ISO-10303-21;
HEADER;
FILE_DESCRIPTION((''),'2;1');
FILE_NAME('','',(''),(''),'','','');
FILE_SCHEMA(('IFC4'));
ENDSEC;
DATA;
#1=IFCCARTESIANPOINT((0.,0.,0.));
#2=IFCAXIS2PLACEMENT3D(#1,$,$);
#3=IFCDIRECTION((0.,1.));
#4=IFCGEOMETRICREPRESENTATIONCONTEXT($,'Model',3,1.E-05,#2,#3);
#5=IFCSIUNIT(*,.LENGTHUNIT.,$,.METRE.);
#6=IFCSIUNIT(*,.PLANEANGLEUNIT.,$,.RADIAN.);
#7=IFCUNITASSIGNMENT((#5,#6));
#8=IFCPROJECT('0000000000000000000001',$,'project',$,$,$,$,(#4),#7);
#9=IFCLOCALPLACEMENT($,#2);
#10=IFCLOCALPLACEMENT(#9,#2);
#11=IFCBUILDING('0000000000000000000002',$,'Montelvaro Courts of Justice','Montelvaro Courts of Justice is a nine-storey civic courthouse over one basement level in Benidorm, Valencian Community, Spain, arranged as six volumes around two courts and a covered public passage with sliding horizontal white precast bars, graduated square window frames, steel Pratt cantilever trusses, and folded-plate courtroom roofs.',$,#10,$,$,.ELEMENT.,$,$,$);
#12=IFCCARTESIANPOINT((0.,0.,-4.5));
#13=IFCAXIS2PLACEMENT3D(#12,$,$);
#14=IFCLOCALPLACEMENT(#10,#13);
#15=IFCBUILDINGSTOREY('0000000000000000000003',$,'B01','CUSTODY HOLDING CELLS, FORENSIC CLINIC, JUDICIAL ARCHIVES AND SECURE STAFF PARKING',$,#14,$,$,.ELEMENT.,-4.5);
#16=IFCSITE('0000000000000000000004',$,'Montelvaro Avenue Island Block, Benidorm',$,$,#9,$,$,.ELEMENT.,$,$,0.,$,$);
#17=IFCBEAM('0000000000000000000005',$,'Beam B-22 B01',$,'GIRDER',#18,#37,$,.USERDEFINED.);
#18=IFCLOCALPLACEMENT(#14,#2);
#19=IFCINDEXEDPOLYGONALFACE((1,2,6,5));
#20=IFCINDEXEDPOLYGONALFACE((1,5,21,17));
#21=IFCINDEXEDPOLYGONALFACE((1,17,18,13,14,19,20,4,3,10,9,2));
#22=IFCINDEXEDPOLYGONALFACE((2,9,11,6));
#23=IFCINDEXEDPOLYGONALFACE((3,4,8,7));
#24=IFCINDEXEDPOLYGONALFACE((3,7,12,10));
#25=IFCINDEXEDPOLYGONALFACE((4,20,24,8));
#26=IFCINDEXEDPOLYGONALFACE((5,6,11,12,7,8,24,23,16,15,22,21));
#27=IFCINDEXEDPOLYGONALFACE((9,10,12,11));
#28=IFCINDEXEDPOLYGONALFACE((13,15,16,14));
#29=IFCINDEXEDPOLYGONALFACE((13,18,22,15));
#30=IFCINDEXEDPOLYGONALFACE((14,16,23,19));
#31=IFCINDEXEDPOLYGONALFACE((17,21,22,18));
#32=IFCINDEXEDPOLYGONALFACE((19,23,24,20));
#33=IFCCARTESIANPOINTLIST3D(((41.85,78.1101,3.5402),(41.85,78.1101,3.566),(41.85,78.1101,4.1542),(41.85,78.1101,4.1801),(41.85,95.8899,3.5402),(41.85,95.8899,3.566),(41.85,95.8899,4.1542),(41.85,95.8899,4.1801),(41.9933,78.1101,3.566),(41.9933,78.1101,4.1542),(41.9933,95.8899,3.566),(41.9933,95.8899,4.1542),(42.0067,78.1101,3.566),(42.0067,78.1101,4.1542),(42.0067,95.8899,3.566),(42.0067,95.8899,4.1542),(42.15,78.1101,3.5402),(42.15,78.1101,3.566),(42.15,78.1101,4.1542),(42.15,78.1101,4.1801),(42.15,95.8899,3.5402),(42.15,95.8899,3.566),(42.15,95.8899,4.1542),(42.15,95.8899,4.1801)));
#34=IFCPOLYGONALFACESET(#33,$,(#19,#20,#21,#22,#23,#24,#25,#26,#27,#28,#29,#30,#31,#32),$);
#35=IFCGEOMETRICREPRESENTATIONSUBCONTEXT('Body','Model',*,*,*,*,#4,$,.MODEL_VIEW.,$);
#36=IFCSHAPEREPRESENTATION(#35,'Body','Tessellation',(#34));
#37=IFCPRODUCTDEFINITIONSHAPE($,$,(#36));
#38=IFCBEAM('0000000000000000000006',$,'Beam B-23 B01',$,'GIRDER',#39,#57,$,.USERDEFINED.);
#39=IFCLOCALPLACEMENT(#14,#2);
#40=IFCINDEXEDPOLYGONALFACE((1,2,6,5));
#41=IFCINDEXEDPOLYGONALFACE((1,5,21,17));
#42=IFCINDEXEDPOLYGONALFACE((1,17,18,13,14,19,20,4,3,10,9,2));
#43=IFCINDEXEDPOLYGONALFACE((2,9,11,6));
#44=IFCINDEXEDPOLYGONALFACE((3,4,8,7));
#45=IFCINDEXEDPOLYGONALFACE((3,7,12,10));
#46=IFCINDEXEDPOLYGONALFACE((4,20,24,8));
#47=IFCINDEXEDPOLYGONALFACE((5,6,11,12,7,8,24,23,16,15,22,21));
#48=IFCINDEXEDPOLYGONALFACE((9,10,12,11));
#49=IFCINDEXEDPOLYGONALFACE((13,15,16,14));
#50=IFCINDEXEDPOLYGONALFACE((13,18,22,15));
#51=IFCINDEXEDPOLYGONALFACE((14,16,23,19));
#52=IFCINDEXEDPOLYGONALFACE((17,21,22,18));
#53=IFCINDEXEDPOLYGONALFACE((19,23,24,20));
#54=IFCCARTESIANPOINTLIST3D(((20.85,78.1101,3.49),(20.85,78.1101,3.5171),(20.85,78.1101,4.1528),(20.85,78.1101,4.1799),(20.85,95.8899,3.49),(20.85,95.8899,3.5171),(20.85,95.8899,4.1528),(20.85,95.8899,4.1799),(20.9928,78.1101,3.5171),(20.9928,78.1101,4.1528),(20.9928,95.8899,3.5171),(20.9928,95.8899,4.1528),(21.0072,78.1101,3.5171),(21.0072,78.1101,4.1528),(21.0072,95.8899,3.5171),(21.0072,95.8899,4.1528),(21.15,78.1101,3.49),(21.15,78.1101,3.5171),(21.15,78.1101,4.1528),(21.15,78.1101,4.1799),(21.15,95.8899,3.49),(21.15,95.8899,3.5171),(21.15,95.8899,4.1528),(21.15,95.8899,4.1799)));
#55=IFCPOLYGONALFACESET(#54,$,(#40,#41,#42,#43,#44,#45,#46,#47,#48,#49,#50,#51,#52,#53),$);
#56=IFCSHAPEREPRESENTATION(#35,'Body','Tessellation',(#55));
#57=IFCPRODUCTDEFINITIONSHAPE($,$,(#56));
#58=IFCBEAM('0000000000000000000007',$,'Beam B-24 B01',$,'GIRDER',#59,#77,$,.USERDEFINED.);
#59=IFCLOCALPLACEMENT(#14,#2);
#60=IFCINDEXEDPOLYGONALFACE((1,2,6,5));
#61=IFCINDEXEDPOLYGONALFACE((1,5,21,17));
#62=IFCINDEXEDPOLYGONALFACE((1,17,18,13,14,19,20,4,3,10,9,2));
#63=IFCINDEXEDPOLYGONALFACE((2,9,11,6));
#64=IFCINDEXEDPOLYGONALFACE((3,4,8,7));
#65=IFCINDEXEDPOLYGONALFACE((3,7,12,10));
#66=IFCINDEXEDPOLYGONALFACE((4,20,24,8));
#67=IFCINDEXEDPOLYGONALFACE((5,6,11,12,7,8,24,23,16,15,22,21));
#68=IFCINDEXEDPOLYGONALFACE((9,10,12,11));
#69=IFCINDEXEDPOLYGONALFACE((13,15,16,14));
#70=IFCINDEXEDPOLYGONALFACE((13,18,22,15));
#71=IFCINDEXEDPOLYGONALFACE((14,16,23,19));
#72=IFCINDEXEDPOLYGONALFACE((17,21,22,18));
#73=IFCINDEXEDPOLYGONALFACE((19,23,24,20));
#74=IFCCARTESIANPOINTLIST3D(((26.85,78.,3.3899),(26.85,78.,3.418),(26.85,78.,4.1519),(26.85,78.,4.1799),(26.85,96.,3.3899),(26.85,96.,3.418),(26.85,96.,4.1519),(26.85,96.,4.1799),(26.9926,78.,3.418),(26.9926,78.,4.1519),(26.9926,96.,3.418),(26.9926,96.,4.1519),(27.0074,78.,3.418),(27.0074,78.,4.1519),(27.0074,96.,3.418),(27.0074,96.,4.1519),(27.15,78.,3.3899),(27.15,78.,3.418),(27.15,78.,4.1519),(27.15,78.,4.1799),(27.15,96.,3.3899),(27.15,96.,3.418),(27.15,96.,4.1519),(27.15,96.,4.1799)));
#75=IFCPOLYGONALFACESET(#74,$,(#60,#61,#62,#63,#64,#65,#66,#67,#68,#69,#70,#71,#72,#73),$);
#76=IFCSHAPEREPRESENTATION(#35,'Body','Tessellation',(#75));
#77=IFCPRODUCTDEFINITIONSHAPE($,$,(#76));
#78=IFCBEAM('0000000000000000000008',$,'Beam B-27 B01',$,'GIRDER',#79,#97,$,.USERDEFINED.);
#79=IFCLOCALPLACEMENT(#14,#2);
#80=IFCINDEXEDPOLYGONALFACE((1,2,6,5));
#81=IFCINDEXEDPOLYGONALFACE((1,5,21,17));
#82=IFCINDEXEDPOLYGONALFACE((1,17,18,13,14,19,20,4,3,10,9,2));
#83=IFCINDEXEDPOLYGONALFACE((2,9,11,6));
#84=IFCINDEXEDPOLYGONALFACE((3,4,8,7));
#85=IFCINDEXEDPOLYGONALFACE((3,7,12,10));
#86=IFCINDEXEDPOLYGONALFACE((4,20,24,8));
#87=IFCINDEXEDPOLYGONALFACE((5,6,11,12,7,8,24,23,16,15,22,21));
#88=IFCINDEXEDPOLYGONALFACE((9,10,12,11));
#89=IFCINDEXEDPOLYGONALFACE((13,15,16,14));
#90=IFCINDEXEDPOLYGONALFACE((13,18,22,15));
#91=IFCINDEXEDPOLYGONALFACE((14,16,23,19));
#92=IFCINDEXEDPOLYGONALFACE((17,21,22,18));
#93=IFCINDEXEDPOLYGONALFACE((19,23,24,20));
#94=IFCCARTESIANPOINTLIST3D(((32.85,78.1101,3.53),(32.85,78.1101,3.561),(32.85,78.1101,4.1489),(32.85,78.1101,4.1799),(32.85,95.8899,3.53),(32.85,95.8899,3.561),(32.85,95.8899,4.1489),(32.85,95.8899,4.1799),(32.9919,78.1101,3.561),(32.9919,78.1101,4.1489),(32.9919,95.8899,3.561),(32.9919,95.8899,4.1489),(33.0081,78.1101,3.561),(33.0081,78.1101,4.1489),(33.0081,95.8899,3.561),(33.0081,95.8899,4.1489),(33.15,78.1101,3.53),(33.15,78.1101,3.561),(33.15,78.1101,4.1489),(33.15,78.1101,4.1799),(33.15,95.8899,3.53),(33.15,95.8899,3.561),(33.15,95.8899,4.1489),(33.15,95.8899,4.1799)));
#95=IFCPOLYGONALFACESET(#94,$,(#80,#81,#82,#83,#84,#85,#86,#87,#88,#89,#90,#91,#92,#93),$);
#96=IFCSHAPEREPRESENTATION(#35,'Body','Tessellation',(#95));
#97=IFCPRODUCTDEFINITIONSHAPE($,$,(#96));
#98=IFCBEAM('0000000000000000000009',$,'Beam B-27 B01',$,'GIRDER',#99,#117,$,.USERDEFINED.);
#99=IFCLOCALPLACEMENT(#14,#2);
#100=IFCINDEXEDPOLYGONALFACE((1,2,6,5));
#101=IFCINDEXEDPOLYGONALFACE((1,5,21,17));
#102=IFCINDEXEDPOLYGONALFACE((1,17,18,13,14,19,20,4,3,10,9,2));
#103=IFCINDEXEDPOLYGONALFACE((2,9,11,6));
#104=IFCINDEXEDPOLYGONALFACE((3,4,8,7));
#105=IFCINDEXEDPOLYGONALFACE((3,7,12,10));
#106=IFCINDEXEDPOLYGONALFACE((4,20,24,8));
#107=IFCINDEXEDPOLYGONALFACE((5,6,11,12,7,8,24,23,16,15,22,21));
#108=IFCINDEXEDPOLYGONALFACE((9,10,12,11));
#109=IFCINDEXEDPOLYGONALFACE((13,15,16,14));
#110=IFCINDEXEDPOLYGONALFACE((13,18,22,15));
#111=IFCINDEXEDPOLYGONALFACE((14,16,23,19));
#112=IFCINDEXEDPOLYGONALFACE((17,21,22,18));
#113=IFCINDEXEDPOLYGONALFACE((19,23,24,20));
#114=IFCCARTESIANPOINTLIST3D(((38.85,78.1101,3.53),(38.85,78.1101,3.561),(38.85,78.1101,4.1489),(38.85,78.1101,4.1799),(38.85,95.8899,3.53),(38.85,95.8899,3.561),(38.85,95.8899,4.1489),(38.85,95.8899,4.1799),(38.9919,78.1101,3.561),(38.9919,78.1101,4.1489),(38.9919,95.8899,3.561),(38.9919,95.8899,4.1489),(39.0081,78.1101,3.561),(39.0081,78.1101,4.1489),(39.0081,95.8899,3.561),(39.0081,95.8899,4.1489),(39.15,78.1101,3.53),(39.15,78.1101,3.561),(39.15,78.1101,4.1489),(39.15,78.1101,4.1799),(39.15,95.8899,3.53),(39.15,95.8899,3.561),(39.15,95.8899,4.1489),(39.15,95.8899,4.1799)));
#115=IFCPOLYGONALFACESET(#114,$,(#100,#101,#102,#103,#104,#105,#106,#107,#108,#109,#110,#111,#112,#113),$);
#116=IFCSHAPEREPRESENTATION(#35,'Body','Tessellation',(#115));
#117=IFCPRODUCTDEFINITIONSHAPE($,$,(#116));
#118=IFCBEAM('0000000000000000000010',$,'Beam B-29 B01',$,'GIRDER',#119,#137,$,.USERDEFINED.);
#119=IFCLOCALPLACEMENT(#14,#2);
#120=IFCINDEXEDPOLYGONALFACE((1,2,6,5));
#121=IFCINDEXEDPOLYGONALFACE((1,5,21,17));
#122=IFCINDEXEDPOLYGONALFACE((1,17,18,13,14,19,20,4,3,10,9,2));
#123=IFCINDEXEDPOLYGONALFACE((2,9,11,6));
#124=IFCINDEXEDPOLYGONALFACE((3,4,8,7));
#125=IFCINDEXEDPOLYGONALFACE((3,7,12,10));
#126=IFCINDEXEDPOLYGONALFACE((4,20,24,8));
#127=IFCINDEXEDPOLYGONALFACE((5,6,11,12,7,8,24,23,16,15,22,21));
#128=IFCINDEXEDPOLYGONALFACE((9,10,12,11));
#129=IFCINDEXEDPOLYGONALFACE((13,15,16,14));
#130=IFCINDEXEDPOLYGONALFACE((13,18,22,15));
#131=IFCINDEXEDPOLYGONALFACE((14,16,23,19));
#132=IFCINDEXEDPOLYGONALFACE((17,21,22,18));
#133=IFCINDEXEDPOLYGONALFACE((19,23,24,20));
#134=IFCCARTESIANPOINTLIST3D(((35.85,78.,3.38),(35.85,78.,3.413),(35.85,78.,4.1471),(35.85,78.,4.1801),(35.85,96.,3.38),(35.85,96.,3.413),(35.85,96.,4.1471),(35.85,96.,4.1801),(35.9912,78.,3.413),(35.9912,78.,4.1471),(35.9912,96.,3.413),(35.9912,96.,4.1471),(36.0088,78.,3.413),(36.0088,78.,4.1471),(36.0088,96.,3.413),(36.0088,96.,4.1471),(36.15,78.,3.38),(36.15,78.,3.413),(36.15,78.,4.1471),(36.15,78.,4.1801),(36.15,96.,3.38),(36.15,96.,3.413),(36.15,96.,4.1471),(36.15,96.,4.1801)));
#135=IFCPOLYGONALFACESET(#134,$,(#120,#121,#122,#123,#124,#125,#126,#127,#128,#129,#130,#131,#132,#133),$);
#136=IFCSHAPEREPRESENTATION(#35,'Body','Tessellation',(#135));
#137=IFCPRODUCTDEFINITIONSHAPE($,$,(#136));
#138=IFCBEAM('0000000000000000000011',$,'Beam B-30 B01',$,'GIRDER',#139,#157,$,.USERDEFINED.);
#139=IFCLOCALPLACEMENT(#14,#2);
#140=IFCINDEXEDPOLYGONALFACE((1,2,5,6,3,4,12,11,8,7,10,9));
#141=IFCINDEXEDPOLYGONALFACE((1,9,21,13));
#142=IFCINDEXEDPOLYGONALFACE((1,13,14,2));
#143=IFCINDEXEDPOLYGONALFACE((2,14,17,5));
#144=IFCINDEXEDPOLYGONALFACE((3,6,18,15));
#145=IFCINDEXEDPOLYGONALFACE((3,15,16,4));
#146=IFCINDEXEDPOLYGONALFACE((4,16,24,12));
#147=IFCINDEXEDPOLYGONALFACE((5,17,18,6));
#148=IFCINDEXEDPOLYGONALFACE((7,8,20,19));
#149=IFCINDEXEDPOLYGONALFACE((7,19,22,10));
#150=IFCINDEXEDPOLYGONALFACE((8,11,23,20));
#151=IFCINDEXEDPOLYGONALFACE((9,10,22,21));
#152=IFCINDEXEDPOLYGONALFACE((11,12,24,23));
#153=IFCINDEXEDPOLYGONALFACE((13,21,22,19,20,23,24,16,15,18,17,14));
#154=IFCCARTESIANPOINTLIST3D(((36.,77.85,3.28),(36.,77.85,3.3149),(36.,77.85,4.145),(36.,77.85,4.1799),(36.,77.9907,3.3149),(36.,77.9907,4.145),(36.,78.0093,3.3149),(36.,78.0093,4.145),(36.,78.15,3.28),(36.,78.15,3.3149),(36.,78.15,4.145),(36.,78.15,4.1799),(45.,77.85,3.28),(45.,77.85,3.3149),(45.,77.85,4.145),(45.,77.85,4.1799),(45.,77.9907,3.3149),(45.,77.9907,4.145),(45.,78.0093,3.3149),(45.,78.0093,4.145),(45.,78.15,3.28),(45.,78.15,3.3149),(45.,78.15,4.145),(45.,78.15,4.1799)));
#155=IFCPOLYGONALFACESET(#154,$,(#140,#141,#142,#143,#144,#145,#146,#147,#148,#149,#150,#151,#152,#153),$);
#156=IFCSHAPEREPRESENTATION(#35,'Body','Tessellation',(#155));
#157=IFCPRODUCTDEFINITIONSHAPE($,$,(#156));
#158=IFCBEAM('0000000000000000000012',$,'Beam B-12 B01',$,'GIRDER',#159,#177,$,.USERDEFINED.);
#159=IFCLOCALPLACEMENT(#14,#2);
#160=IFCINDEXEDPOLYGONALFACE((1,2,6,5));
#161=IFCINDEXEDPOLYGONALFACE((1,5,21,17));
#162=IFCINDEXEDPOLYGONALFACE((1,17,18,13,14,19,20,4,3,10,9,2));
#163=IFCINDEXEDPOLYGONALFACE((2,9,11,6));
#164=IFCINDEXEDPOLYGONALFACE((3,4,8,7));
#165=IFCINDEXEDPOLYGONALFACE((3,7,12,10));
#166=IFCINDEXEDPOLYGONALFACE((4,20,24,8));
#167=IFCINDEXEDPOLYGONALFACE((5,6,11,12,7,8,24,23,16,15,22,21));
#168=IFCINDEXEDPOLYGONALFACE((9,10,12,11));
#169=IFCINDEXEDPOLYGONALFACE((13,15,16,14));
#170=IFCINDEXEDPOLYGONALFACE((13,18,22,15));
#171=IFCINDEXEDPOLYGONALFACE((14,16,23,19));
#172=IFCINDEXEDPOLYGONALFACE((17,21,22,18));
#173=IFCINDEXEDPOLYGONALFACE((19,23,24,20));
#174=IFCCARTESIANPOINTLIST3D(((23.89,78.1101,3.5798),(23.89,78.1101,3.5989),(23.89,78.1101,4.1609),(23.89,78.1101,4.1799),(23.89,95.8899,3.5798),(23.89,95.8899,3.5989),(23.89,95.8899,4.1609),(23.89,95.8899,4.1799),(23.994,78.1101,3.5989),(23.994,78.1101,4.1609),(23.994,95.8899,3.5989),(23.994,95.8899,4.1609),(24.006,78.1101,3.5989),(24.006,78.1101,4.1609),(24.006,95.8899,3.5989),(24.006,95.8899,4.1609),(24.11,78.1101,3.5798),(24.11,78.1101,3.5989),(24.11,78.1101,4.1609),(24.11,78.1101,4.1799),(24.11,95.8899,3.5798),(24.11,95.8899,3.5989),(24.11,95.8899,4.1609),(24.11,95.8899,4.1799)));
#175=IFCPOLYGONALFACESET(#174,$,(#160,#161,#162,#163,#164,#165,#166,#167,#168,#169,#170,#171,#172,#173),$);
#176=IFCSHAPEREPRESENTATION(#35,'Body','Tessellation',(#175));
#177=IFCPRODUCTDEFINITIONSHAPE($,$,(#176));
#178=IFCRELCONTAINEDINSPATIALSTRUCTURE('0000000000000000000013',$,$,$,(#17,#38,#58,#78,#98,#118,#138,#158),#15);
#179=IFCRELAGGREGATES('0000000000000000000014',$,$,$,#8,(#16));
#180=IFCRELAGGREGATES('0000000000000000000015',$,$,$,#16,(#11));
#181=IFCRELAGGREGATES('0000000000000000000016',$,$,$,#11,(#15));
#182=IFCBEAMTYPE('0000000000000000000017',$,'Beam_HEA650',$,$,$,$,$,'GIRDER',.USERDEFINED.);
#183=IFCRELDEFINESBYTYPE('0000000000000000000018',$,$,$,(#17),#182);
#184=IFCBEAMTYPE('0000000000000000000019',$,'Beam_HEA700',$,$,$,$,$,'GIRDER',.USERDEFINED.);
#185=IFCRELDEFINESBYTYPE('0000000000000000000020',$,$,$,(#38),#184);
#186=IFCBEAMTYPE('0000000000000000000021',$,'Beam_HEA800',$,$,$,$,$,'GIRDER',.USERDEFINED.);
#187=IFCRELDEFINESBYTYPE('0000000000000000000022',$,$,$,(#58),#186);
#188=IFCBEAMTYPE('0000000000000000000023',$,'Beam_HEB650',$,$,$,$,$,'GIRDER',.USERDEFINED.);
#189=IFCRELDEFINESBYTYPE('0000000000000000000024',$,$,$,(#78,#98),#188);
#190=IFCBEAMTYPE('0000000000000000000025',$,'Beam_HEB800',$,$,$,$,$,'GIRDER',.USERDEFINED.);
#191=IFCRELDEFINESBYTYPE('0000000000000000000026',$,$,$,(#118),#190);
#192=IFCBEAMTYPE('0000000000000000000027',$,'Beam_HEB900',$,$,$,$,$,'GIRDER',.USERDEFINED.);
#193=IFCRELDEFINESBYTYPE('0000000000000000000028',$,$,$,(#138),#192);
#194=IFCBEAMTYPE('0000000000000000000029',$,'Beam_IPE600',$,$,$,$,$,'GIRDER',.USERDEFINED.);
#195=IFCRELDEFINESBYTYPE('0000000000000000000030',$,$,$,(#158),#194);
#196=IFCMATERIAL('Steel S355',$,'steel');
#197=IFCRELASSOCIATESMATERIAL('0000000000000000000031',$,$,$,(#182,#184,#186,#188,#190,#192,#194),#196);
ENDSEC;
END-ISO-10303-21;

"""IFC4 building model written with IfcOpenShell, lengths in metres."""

from ifc_helpers import new_model, si_unit, direction, frame, origin, origin_2d, place, context, subcontext, project, spatial, i_section, extrude, material, material_profile, profile_set, type_object, element, save


model = new_model("IFC4")

# Units and contexts
model_context = context("Model", 3, precision=1e-05, world=origin(), true_north=direction((0.0, 1.0)))
body_context = subcontext(model_context, "Body", "Model", "MODEL_VIEW")
ifc_project = project(units=[si_unit("LENGTHUNIT", "METRE"), si_unit("PLANEANGLEUNIT", "RADIAN")], contexts=[model_context])

# Site, building, storey
site_placement = place(None, origin())
site = spatial("IfcSite", under=ifc_project, at=site_placement, Name="Montelvaro Avenue Island Block, Benidorm", CompositionType="ELEMENT", RefElevation=0.0)
building_placement = place(site_placement, origin())
building = spatial("IfcBuilding", under=site, at=building_placement, Name="Montelvaro Courts of Justice", Description="Montelvaro Courts of Justice is a nine-storey civic courthouse over one basement level in Benidorm, Valencian Community, Spain, arranged as six volumes around two courts and a covered public passage with sliding horizontal white precast bars, graduated square window frames, steel Pratt cantilever trusses, and folded-plate courtroom roofs.", CompositionType="ELEMENT")
storey_placement = place(building_placement, frame((0.0, 0.0, -4.5)))
storey = spatial("IfcBuildingStorey", under=building, at=storey_placement, Name="B01", Description="CUSTODY HOLDING CELLS, FORENSIC CLINIC, JUDICIAL ARCHIVES AND SECURE STAFF PARKING", CompositionType="ELEMENT", Elevation=-4.5)

# Beams
ifc_material_1 = material(Name="Steel S355", Category="steel")
ifc_material_profile_1 = material_profile(ifc_material_1, i_section(OverallWidth=0.3, OverallDepth=0.6399, WebThickness=0.0134, FlangeThickness=0.0259, at=origin_2d()), Name="HEA 650")
ifc_profile_set_1 = profile_set([ifc_material_profile_1], Name="Steel S355")
beam_type_1 = type_object("IfcBeamType", Name="Beam_HEA650", ElementType="GIRDER", PredefinedType="USERDEFINED", material=ifc_profile_set_1)
beam_1_placement = place(storey_placement, frame((42.0, 78.1101, 3.8601), z_axis=(0.0, 1.0, 0.0), x_axis=(-1.0, 0.0, 0.0)))
element("IfcBeam", 1, at=beam_1_placement, inside=storey, type_object=beam_type_1, Name="Beam B-22 B01", ObjectType="GIRDER", PredefinedType="USERDEFINED", context=body_context, shape_type="SweptSolid", body=[
    extrude(i_section(OverallWidth=0.3, OverallDepth=0.6399, WebThickness=0.0134, FlangeThickness=0.0259, at=origin_2d()), origin(), (0.0, 0.0, 1.0), 17.7798),
])
ifc_material_profile_2 = material_profile(ifc_material_1, i_section(OverallWidth=0.3, OverallDepth=0.6899, WebThickness=0.0144, FlangeThickness=0.0271, at=origin_2d()), Name="HEA 700")
ifc_profile_set_2 = profile_set([ifc_material_profile_2], Name="Steel S355")
beam_type_2 = type_object("IfcBeamType", Name="Beam_HEA700", ElementType="GIRDER", PredefinedType="USERDEFINED", material=ifc_profile_set_2)
beam_2_placement = place(storey_placement, frame((21.0, 78.1101, 3.835), z_axis=(0.0, 1.0, 0.0), x_axis=(-1.0, 0.0, 0.0)))
element("IfcBeam", 2, at=beam_2_placement, inside=storey, type_object=beam_type_2, Name="Beam B-23 B01", ObjectType="GIRDER", PredefinedType="USERDEFINED", context=body_context, shape_type="SweptSolid", body=[
    extrude(i_section(OverallWidth=0.3, OverallDepth=0.6899, WebThickness=0.0144, FlangeThickness=0.0271, at=origin_2d()), origin(), (0.0, 0.0, 1.0), 17.7798),
])
ifc_material_profile_3 = material_profile(ifc_material_1, i_section(OverallWidth=0.3, OverallDepth=0.79, WebThickness=0.0149, FlangeThickness=0.0281, at=origin_2d()), Name="HEA 800")
ifc_profile_set_3 = profile_set([ifc_material_profile_3], Name="Steel S355")
beam_type_3 = type_object("IfcBeamType", Name="Beam_HEA800", ElementType="GIRDER", PredefinedType="USERDEFINED", material=ifc_profile_set_3)
beam_3_placement = place(storey_placement, frame((27.0, 78.0, 3.7849), z_axis=(0.0, 1.0, 0.0), x_axis=(-1.0, 0.0, 0.0)))
element("IfcBeam", 3, at=beam_3_placement, inside=storey, type_object=beam_type_3, Name="Beam B-24 B01", ObjectType="GIRDER", PredefinedType="USERDEFINED", context=body_context, shape_type="SweptSolid", body=[
    extrude(i_section(OverallWidth=0.3, OverallDepth=0.79, WebThickness=0.0149, FlangeThickness=0.0281, at=origin_2d()), origin(), (0.0, 0.0, 1.0), 18.0),
])
ifc_material_profile_4 = material_profile(ifc_material_1, i_section(OverallWidth=0.3, OverallDepth=0.6499, WebThickness=0.0161, FlangeThickness=0.031, at=origin_2d()), Name="HEB 650")
ifc_profile_set_4 = profile_set([ifc_material_profile_4], Name="Steel S355")
beam_type_4 = type_object("IfcBeamType", Name="Beam_HEB650", ElementType="GIRDER", PredefinedType="USERDEFINED", material=ifc_profile_set_4)
for number, where, z_axis, x_axis, name in (
    (4, (33.0, 78.1101, 3.855), (0.0, 1.0, 0.0), (-1.0, 0.0, 0.0), "Beam B-27 B01"),
    (5, (39.0, 78.1101, 3.855), (0.0, 1.0, 0.0), (-1.0, 0.0, 0.0), "Beam B-27 B01"),
):
    element("IfcBeam", number, at=place(storey_placement, frame(where, z_axis=z_axis, x_axis=x_axis)), inside=storey, type_object=beam_type_4, Name=name, ObjectType="GIRDER", PredefinedType="USERDEFINED", context=body_context, shape_type="SweptSolid", body=[
        extrude(i_section(OverallWidth=0.3, OverallDepth=0.6499, WebThickness=0.0161, FlangeThickness=0.031, at=origin_2d()), origin(), (0.0, 0.0, 1.0), 17.7798),
    ])
ifc_material_profile_5 = material_profile(ifc_material_1, i_section(OverallWidth=0.3, OverallDepth=0.8, WebThickness=0.0176, FlangeThickness=0.033, at=origin_2d()), Name="HEB 800")
ifc_profile_set_5 = profile_set([ifc_material_profile_5], Name="Steel S355")
beam_type_5 = type_object("IfcBeamType", Name="Beam_HEB800", ElementType="GIRDER", PredefinedType="USERDEFINED", material=ifc_profile_set_5)
beam_4_placement = place(storey_placement, frame((36.0, 78.0, 3.78), z_axis=(0.0, 1.0, 0.0), x_axis=(-1.0, 0.0, 0.0)))
element("IfcBeam", 6, at=beam_4_placement, inside=storey, type_object=beam_type_5, Name="Beam B-29 B01", ObjectType="GIRDER", PredefinedType="USERDEFINED", context=body_context, shape_type="SweptSolid", body=[
    extrude(i_section(OverallWidth=0.3, OverallDepth=0.8, WebThickness=0.0176, FlangeThickness=0.033, at=origin_2d()), origin(), (0.0, 0.0, 1.0), 18.0),
])
ifc_material_profile_6 = material_profile(ifc_material_1, i_section(OverallWidth=0.3, OverallDepth=0.8999, WebThickness=0.0186, FlangeThickness=0.0349, at=origin_2d()), Name="HEB 900")
ifc_profile_set_6 = profile_set([ifc_material_profile_6], Name="Steel S355")
beam_type_6 = type_object("IfcBeamType", Name="Beam_HEB900", ElementType="GIRDER", PredefinedType="USERDEFINED", material=ifc_profile_set_6)
beam_5_placement = place(storey_placement, frame((36.0, 78.0, 3.73), z_axis=(1.0, 0.0, 0.0), x_axis=(0.0, 1.0, 0.0)))
element("IfcBeam", 7, at=beam_5_placement, inside=storey, type_object=beam_type_6, Name="Beam B-30 B01", ObjectType="GIRDER", PredefinedType="USERDEFINED", context=body_context, shape_type="SweptSolid", body=[
    extrude(i_section(OverallWidth=0.3, OverallDepth=0.8999, WebThickness=0.0186, FlangeThickness=0.0349, at=origin_2d()), origin(), (0.0, 0.0, 1.0), 9.0),
])
ifc_material_profile_7 = material_profile(ifc_material_1, i_section(OverallWidth=0.22, OverallDepth=0.6001, WebThickness=0.012, FlangeThickness=0.019, at=origin_2d()), Name="IPE 600")
ifc_profile_set_7 = profile_set([ifc_material_profile_7], Name="Steel S355")
beam_type_7 = type_object("IfcBeamType", Name="Beam_IPE600", ElementType="GIRDER", PredefinedType="USERDEFINED", material=ifc_profile_set_7)
for number, where, z_axis, x_axis, name in (
    (8, (24.0, 78.1101, 3.8799), (0.0, 1.0, 0.0), (-1.0, 0.0, 0.0), "Beam B-12 B01"),
):
    element("IfcBeam", number, at=place(storey_placement, frame(where, z_axis=z_axis, x_axis=x_axis)), inside=storey, type_object=beam_type_7, Name=name, ObjectType="GIRDER", PredefinedType="USERDEFINED", context=body_context, shape_type="SweptSolid", body=[
        extrude(i_section(OverallWidth=0.22, OverallDepth=0.6001, WebThickness=0.012, FlangeThickness=0.019, at=origin_2d()), origin(), (0.0, 0.0, 1.0), 17.7798),
    ])

save(model, "model.ifc")
